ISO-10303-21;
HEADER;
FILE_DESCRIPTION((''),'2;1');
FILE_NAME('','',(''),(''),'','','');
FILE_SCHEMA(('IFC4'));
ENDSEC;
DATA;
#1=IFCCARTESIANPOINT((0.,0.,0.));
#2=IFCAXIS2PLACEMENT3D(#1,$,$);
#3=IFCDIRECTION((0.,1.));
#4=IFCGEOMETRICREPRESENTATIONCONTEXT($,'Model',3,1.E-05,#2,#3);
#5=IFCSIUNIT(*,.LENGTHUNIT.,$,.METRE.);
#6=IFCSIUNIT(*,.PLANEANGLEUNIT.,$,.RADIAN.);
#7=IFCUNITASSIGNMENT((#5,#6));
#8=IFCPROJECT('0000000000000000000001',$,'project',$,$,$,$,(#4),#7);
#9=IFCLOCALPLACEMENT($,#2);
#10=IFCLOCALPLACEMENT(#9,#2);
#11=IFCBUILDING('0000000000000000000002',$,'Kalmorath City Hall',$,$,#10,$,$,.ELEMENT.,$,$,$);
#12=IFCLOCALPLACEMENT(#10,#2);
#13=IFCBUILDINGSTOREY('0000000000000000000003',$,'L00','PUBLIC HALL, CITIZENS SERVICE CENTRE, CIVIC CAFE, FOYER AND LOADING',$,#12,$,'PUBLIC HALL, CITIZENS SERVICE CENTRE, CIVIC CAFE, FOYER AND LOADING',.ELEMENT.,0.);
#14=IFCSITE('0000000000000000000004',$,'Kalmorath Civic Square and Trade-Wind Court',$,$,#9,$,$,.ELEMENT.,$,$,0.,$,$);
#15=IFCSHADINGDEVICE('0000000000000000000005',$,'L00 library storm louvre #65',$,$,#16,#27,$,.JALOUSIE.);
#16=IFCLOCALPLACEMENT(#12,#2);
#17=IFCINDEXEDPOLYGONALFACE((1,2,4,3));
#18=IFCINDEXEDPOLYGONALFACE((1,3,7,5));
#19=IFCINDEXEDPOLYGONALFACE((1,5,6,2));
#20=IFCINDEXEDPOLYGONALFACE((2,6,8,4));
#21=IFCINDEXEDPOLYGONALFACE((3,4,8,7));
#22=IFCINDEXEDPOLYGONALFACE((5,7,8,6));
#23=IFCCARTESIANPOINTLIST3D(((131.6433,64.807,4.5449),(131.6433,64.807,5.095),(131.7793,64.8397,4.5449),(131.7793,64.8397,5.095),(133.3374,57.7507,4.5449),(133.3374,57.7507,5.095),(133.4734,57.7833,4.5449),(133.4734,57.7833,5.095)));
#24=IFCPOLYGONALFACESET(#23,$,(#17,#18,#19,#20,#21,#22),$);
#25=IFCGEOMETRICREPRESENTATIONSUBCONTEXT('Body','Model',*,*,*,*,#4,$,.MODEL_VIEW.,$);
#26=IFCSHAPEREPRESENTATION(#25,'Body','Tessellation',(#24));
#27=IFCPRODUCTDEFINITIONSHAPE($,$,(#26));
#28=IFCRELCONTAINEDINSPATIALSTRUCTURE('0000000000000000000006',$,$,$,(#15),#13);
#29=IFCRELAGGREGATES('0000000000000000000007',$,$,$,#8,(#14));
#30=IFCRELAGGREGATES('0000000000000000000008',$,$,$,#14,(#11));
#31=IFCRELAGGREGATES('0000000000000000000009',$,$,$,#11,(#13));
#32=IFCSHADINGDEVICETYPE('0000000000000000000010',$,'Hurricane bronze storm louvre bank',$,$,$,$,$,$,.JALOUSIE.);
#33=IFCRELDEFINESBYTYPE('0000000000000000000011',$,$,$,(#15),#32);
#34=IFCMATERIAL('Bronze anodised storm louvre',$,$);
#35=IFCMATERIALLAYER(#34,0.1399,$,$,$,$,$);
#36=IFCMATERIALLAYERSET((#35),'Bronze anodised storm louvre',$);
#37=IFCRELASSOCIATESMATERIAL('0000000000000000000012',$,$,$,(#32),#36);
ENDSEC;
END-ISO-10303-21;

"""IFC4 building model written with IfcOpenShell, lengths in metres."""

from ifc_helpers import new_model, si_unit, direction, frame, origin, origin_2d, place, context, subcontext, project, spatial, rectangle, extrude, material, layer, layer_set, type_object, element, save


model = new_model("IFC4")

# Units and contexts
model_context = context("Model", 3, precision=1e-05, world=origin(), true_north=direction((0.0, 1.0)))
body_context = subcontext(model_context, "Body", "Model", "MODEL_VIEW")
ifc_project = project(units=[si_unit("LENGTHUNIT", "METRE"), si_unit("PLANEANGLEUNIT", "RADIAN")], contexts=[model_context])

# Site, building, storey
site_placement = place(None, origin())
site = spatial("IfcSite", under=ifc_project, at=site_placement, Name="Kalmorath Civic Square and Trade-Wind Court", CompositionType="ELEMENT", RefElevation=0.0)
building_placement = place(site_placement, origin())
building = spatial("IfcBuilding", under=site, at=building_placement, Name="Kalmorath City Hall", CompositionType="ELEMENT")
storey_placement = place(building_placement, origin())
storey = spatial("IfcBuildingStorey", under=building, at=storey_placement, Name="L00", Description="PUBLIC HALL, CITIZENS SERVICE CENTRE, CIVIC CAFE, FOYER AND LOADING", LongName="PUBLIC HALL, CITIZENS SERVICE CENTRE, CIVIC CAFE, FOYER AND LOADING", CompositionType="ELEMENT", Elevation=0.0)

# Shading device
ifc_material_1 = material(Name="Bronze anodised storm louvre")
ifc_layer_1 = layer(ifc_material_1, 0.1399)
ifc_layer_set_1 = layer_set([ifc_layer_1], Name="Bronze anodised storm louvre")
shading_device_type = type_object("IfcShadingDeviceType", Name="Hurricane bronze storm louvre bank", PredefinedType="JALOUSIE", material=ifc_layer_set_1)
shading_device_placement = place(storey_placement, frame((132.5583, 61.2952, 4.5449), z_axis=(0.0, 0.0, 1.0), x_axis=(-0.233445, 0.97237, 0.0)))
element("IfcShadingDevice", 1, at=shading_device_placement, inside=storey, type_object=shading_device_type, Name="L00 library storm louvre #65", PredefinedType="JALOUSIE", context=body_context, shape_type="SweptSolid", body=[
    extrude(rectangle(XDim=7.2568, YDim=0.1399, at=origin_2d()), origin(), (0.0, 0.0, 1.0), 0.55),
])

save(model, "model.ifc")
